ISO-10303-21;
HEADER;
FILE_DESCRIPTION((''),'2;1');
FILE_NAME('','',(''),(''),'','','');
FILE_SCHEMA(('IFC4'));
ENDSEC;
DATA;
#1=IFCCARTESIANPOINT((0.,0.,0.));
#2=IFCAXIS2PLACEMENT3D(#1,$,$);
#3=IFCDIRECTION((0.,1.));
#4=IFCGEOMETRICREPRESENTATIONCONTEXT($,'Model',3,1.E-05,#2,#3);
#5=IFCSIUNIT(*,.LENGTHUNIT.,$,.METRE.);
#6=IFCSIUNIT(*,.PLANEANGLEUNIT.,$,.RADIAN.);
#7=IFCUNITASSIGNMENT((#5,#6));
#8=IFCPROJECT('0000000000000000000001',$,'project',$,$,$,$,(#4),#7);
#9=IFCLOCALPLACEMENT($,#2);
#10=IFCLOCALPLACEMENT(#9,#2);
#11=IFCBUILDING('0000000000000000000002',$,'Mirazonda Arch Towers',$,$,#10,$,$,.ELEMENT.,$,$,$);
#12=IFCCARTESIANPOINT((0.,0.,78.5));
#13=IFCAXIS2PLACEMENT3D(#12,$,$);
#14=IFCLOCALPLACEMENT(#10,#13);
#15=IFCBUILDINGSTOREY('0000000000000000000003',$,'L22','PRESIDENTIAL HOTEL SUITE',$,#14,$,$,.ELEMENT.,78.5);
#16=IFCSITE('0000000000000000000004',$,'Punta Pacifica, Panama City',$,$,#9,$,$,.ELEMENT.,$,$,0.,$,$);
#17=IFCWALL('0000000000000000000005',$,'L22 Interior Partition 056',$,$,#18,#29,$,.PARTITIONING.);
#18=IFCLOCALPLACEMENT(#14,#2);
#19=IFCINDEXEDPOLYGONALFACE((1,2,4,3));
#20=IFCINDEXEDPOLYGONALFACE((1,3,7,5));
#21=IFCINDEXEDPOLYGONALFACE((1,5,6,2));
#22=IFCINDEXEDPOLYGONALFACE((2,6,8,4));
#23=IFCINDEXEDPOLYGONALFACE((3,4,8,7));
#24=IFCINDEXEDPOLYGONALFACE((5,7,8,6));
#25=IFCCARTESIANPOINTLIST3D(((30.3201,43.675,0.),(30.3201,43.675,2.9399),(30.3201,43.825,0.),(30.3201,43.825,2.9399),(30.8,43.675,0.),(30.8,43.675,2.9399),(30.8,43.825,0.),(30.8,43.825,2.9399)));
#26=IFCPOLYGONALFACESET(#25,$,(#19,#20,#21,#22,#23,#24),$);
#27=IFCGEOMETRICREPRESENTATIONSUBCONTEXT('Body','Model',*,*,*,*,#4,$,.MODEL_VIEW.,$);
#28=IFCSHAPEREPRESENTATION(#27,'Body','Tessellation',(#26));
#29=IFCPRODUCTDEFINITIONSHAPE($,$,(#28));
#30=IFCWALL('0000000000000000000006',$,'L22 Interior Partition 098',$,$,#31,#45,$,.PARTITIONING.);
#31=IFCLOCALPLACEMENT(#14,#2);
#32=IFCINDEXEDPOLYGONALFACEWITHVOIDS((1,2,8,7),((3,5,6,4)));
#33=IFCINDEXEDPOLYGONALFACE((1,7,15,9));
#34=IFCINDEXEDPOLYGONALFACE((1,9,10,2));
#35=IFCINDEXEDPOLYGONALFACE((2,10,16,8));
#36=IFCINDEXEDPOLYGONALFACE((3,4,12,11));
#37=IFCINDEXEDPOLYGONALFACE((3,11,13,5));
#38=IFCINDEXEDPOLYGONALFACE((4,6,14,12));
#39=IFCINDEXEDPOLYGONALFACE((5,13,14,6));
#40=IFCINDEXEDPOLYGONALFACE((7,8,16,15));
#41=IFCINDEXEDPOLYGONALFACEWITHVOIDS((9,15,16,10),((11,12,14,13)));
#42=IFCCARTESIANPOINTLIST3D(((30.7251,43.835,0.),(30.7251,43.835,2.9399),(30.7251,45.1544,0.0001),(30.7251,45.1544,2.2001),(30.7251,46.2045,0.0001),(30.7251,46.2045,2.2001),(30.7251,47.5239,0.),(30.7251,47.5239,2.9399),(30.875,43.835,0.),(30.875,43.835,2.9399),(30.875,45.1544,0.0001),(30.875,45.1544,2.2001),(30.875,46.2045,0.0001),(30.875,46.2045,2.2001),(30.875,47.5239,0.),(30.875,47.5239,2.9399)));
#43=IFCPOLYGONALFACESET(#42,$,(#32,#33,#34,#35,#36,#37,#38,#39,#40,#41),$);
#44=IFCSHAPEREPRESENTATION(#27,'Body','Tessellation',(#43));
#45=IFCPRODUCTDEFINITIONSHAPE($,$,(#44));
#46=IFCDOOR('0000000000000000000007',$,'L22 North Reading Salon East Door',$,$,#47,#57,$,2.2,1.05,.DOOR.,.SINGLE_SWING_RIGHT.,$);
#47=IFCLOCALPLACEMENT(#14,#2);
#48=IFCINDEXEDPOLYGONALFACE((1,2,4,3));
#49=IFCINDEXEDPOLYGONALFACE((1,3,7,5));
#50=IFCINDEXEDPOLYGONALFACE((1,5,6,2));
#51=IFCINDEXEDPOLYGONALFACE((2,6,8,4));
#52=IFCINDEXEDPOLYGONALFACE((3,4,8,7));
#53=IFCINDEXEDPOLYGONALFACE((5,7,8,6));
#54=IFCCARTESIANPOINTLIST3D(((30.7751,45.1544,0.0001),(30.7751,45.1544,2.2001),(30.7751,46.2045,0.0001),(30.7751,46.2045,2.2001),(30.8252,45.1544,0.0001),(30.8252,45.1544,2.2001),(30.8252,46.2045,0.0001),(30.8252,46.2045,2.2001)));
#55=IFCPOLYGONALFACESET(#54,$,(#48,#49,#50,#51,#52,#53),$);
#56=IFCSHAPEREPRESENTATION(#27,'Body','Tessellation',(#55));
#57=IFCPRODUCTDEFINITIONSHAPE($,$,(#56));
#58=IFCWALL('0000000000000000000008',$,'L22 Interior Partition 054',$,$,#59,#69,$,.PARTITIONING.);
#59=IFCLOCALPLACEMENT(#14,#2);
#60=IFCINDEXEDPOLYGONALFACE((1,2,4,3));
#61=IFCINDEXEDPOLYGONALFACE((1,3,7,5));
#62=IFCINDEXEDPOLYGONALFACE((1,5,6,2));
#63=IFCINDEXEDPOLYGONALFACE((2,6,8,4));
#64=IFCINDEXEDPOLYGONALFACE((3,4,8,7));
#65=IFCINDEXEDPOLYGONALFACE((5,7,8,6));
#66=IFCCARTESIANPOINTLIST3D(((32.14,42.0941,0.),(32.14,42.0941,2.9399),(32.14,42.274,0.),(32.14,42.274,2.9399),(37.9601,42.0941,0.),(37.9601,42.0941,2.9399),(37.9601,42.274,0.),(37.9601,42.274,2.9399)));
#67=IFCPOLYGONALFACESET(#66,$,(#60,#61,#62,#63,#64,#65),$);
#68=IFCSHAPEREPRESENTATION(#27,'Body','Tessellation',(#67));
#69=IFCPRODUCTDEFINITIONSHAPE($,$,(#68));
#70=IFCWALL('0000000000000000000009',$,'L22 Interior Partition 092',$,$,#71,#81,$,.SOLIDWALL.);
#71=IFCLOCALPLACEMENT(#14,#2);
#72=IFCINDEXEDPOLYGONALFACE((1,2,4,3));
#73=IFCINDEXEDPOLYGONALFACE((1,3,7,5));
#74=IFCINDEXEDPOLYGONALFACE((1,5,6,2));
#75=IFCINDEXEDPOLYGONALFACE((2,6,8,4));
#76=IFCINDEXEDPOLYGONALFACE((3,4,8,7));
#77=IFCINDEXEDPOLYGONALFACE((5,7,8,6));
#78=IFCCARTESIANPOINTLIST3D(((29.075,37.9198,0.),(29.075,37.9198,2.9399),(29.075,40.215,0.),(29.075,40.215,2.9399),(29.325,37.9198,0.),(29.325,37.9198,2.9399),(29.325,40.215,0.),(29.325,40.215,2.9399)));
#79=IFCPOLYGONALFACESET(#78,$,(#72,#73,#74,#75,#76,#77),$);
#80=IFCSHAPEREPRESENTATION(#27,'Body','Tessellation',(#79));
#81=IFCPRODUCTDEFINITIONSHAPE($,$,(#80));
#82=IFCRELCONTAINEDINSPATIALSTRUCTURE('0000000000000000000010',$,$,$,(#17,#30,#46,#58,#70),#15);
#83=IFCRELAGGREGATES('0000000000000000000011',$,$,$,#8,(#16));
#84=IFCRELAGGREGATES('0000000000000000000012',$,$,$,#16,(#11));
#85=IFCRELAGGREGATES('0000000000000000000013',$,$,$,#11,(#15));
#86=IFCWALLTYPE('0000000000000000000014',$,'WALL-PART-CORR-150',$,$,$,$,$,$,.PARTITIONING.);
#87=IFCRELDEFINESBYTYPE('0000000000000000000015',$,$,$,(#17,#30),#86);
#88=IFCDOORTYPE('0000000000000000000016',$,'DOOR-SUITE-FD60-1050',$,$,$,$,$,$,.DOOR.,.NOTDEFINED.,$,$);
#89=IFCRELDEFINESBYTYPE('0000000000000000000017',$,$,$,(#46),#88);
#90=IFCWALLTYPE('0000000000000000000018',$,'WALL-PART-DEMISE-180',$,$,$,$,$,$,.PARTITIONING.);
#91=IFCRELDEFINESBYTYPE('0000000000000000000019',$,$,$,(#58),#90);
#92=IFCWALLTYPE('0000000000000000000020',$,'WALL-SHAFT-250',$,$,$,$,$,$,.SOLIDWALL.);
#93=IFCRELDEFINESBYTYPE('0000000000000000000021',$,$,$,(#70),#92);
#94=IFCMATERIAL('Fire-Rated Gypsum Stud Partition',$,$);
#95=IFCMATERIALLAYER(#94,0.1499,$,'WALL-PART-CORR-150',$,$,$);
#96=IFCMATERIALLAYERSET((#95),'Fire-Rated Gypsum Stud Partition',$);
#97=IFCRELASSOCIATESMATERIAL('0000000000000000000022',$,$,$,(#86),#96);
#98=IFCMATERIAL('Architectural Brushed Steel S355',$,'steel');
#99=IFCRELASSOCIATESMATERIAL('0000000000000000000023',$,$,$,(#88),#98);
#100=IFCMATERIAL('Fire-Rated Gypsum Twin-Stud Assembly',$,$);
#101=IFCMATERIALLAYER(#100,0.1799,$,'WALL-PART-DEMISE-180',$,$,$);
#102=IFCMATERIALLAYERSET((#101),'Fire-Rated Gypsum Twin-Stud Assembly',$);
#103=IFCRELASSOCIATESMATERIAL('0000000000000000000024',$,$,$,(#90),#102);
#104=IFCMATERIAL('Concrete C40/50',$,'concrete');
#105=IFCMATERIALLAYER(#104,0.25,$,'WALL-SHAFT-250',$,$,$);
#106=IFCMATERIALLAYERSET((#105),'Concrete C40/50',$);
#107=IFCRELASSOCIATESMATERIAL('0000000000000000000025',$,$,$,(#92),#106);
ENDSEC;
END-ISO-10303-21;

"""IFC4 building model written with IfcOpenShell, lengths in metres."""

from ifc_helpers import new_model, si_unit, direction, frame, frame_2d, origin, place, context, subcontext, project, spatial, rectangle, extrude, material, layer, layer_set, type_object, element, fill, save


model = new_model("IFC4")

# Units and contexts
model_context = context("Model", 3, precision=1e-05, world=origin(), true_north=direction((0.0, 1.0)))
body_context = subcontext(model_context, "Body", "Model", "MODEL_VIEW")
ifc_project = project(units=[si_unit("LENGTHUNIT", "METRE"), si_unit("PLANEANGLEUNIT", "RADIAN")], contexts=[model_context])

# Site, building, storey
site_placement = place(None, origin())
site = spatial("IfcSite", under=ifc_project, at=site_placement, Name="Punta Pacifica, Panama City", CompositionType="ELEMENT", RefElevation=0.0)
building_placement = place(site_placement, origin())
building = spatial("IfcBuilding", under=site, at=building_placement, Name="Mirazonda Arch Towers", CompositionType="ELEMENT")
storey_placement = place(building_placement, frame((0.0, 0.0, 78.5)))
storey = spatial("IfcBuildingStorey", under=building, at=storey_placement, Name="L22", Description="PRESIDENTIAL HOTEL SUITE", CompositionType="ELEMENT", Elevation=78.5)

# Wall
ifc_material_1 = material(Name="Fire-Rated Gypsum Stud Partition")
ifc_layer_1 = layer(ifc_material_1, 0.1499, Name="WALL-PART-CORR-150")
ifc_layer_set_1 = layer_set([ifc_layer_1], Name="Fire-Rated Gypsum Stud Partition")
wall_type_1 = type_object("IfcWallType", Name="WALL-PART-CORR-150", PredefinedType="PARTITIONING", material=ifc_layer_set_1)
wall_1_placement = place(storey_placement, frame((30.3201, 43.75, 0.0), z_axis=(0.0, 0.0, 1.0), x_axis=(1.0, 0.0, 0.0)))
element("IfcWall", 1, at=wall_1_placement, inside=storey, type_object=wall_type_1, Name="L22 Interior Partition 056", PredefinedType="PARTITIONING", context=body_context, shape_type="SweptSolid", body=[
    extrude(rectangle(XDim=0.48, YDim=0.1499, at=frame_2d((0.24, 0.0))), origin(), (0.0, 0.0, 1.0), 2.9399),
])

# Wall, opening, door
wall_2_placement = place(storey_placement, frame((30.8, 43.835, 0.0), z_axis=(0.0, 0.0, 1.0), x_axis=(0.0, 1.0, 0.0)))
wall_2 = element("IfcWall", 2, at=wall_2_placement, inside=storey, type_object=wall_type_1, Name="L22 Interior Partition 098", PredefinedType="PARTITIONING", context=body_context, shape_type="SweptSolid", body=[
    extrude(rectangle(XDim=3.689, YDim=0.1499, at=frame_2d((1.8445, 0.0))), origin(), (0.0, 0.0, 1.0), 2.9399),
])
opening_1_placement = place(wall_2_placement, frame((1.3196, 0.0, 0.0)))
opening_1 = element("IfcOpeningElement", 3, at=opening_1_placement, cuts=wall_2, PredefinedType="OPENING", context=body_context, shape_type="SweptSolid", body=[
    extrude(rectangle(XDim=1.05, YDim=2.2, at=frame_2d((0.5249, 1.1001))), frame((0.0, 0.085, 0.0), z_axis=(0.0, -1.0, 0.0), x_axis=(1.0, 0.0, 0.0)), (0.0, 0.0, 1.0), 0.1699),
])
ifc_material_2 = material(Name="Architectural Brushed Steel S355", Category="steel")
door_type_1 = type_object("IfcDoorType", Name="DOOR-SUITE-FD60-1050", OperationType="NOTDEFINED", PredefinedType="DOOR", material=ifc_material_2)
door_1_placement = place(opening_1_placement, origin())
door_1 = element("IfcDoor", 4, at=door_1_placement, inside=storey, type_object=door_type_1, Name="L22 North Reading Salon East Door", OperationType="SINGLE_SWING_RIGHT", OverallHeight=2.2, OverallWidth=1.05, PredefinedType="DOOR", context=body_context, shape_type="SweptSolid", body=[
    extrude(rectangle(XDim=1.05, YDim=2.2, at=frame_2d((0.5249, 1.1001))), frame((0.0, 0.0249, 0.0), z_axis=(0.0, -1.0, 0.0), x_axis=(1.0, 0.0, 0.0)), (0.0, 0.0, 1.0), 0.05),
])
fill(opening_1, door_1)

# Wall
ifc_material_3 = material(Name="Fire-Rated Gypsum Twin-Stud Assembly")
ifc_layer_2 = layer(ifc_material_3, 0.1799, Name="WALL-PART-DEMISE-180")
ifc_layer_set_2 = layer_set([ifc_layer_2], Name="Fire-Rated Gypsum Twin-Stud Assembly")
wall_type_2 = type_object("IfcWallType", Name="WALL-PART-DEMISE-180", PredefinedType="PARTITIONING", material=ifc_layer_set_2)
wall_3_placement = place(storey_placement, frame((32.1399, 42.1841, 0.0), z_axis=(0.0, 0.0, 1.0), x_axis=(1.0, 0.0, 0.0)))
element("IfcWall", 5, at=wall_3_placement, inside=storey, type_object=wall_type_2, Name="L22 Interior Partition 054", PredefinedType="PARTITIONING", context=body_context, shape_type="SweptSolid", body=[
    extrude(rectangle(XDim=5.8201, YDim=0.1799, at=frame_2d((2.9102, 0.0))), origin(), (0.0, 0.0, 1.0), 2.9399),
])

# Wall
ifc_material_4 = material(Name="Concrete C40/50", Category="concrete")
ifc_layer_3 = layer(ifc_material_4, 0.25, Name="WALL-SHAFT-250")
ifc_layer_set_3 = layer_set([ifc_layer_3], Name="Concrete C40/50")
wall_type_3 = type_object("IfcWallType", Name="WALL-SHAFT-250", PredefinedType="SOLIDWALL", material=ifc_layer_set_3)
wall_4_placement = place(storey_placement, frame((29.2, 37.9199, 0.0), z_axis=(0.0, 0.0, 1.0), x_axis=(0.0, 1.0, 0.0)))
element("IfcWall", 6, at=wall_4_placement, inside=storey, type_object=wall_type_3, Name="L22 Interior Partition 092", PredefinedType="SOLIDWALL", context=body_context, shape_type="SweptSolid", body=[
    extrude(rectangle(XDim=2.2952, YDim=0.25, at=frame_2d((1.1475, 0.0))), origin(), (0.0, 0.0, 1.0), 2.9399),
])

save(model, "model.ifc")
